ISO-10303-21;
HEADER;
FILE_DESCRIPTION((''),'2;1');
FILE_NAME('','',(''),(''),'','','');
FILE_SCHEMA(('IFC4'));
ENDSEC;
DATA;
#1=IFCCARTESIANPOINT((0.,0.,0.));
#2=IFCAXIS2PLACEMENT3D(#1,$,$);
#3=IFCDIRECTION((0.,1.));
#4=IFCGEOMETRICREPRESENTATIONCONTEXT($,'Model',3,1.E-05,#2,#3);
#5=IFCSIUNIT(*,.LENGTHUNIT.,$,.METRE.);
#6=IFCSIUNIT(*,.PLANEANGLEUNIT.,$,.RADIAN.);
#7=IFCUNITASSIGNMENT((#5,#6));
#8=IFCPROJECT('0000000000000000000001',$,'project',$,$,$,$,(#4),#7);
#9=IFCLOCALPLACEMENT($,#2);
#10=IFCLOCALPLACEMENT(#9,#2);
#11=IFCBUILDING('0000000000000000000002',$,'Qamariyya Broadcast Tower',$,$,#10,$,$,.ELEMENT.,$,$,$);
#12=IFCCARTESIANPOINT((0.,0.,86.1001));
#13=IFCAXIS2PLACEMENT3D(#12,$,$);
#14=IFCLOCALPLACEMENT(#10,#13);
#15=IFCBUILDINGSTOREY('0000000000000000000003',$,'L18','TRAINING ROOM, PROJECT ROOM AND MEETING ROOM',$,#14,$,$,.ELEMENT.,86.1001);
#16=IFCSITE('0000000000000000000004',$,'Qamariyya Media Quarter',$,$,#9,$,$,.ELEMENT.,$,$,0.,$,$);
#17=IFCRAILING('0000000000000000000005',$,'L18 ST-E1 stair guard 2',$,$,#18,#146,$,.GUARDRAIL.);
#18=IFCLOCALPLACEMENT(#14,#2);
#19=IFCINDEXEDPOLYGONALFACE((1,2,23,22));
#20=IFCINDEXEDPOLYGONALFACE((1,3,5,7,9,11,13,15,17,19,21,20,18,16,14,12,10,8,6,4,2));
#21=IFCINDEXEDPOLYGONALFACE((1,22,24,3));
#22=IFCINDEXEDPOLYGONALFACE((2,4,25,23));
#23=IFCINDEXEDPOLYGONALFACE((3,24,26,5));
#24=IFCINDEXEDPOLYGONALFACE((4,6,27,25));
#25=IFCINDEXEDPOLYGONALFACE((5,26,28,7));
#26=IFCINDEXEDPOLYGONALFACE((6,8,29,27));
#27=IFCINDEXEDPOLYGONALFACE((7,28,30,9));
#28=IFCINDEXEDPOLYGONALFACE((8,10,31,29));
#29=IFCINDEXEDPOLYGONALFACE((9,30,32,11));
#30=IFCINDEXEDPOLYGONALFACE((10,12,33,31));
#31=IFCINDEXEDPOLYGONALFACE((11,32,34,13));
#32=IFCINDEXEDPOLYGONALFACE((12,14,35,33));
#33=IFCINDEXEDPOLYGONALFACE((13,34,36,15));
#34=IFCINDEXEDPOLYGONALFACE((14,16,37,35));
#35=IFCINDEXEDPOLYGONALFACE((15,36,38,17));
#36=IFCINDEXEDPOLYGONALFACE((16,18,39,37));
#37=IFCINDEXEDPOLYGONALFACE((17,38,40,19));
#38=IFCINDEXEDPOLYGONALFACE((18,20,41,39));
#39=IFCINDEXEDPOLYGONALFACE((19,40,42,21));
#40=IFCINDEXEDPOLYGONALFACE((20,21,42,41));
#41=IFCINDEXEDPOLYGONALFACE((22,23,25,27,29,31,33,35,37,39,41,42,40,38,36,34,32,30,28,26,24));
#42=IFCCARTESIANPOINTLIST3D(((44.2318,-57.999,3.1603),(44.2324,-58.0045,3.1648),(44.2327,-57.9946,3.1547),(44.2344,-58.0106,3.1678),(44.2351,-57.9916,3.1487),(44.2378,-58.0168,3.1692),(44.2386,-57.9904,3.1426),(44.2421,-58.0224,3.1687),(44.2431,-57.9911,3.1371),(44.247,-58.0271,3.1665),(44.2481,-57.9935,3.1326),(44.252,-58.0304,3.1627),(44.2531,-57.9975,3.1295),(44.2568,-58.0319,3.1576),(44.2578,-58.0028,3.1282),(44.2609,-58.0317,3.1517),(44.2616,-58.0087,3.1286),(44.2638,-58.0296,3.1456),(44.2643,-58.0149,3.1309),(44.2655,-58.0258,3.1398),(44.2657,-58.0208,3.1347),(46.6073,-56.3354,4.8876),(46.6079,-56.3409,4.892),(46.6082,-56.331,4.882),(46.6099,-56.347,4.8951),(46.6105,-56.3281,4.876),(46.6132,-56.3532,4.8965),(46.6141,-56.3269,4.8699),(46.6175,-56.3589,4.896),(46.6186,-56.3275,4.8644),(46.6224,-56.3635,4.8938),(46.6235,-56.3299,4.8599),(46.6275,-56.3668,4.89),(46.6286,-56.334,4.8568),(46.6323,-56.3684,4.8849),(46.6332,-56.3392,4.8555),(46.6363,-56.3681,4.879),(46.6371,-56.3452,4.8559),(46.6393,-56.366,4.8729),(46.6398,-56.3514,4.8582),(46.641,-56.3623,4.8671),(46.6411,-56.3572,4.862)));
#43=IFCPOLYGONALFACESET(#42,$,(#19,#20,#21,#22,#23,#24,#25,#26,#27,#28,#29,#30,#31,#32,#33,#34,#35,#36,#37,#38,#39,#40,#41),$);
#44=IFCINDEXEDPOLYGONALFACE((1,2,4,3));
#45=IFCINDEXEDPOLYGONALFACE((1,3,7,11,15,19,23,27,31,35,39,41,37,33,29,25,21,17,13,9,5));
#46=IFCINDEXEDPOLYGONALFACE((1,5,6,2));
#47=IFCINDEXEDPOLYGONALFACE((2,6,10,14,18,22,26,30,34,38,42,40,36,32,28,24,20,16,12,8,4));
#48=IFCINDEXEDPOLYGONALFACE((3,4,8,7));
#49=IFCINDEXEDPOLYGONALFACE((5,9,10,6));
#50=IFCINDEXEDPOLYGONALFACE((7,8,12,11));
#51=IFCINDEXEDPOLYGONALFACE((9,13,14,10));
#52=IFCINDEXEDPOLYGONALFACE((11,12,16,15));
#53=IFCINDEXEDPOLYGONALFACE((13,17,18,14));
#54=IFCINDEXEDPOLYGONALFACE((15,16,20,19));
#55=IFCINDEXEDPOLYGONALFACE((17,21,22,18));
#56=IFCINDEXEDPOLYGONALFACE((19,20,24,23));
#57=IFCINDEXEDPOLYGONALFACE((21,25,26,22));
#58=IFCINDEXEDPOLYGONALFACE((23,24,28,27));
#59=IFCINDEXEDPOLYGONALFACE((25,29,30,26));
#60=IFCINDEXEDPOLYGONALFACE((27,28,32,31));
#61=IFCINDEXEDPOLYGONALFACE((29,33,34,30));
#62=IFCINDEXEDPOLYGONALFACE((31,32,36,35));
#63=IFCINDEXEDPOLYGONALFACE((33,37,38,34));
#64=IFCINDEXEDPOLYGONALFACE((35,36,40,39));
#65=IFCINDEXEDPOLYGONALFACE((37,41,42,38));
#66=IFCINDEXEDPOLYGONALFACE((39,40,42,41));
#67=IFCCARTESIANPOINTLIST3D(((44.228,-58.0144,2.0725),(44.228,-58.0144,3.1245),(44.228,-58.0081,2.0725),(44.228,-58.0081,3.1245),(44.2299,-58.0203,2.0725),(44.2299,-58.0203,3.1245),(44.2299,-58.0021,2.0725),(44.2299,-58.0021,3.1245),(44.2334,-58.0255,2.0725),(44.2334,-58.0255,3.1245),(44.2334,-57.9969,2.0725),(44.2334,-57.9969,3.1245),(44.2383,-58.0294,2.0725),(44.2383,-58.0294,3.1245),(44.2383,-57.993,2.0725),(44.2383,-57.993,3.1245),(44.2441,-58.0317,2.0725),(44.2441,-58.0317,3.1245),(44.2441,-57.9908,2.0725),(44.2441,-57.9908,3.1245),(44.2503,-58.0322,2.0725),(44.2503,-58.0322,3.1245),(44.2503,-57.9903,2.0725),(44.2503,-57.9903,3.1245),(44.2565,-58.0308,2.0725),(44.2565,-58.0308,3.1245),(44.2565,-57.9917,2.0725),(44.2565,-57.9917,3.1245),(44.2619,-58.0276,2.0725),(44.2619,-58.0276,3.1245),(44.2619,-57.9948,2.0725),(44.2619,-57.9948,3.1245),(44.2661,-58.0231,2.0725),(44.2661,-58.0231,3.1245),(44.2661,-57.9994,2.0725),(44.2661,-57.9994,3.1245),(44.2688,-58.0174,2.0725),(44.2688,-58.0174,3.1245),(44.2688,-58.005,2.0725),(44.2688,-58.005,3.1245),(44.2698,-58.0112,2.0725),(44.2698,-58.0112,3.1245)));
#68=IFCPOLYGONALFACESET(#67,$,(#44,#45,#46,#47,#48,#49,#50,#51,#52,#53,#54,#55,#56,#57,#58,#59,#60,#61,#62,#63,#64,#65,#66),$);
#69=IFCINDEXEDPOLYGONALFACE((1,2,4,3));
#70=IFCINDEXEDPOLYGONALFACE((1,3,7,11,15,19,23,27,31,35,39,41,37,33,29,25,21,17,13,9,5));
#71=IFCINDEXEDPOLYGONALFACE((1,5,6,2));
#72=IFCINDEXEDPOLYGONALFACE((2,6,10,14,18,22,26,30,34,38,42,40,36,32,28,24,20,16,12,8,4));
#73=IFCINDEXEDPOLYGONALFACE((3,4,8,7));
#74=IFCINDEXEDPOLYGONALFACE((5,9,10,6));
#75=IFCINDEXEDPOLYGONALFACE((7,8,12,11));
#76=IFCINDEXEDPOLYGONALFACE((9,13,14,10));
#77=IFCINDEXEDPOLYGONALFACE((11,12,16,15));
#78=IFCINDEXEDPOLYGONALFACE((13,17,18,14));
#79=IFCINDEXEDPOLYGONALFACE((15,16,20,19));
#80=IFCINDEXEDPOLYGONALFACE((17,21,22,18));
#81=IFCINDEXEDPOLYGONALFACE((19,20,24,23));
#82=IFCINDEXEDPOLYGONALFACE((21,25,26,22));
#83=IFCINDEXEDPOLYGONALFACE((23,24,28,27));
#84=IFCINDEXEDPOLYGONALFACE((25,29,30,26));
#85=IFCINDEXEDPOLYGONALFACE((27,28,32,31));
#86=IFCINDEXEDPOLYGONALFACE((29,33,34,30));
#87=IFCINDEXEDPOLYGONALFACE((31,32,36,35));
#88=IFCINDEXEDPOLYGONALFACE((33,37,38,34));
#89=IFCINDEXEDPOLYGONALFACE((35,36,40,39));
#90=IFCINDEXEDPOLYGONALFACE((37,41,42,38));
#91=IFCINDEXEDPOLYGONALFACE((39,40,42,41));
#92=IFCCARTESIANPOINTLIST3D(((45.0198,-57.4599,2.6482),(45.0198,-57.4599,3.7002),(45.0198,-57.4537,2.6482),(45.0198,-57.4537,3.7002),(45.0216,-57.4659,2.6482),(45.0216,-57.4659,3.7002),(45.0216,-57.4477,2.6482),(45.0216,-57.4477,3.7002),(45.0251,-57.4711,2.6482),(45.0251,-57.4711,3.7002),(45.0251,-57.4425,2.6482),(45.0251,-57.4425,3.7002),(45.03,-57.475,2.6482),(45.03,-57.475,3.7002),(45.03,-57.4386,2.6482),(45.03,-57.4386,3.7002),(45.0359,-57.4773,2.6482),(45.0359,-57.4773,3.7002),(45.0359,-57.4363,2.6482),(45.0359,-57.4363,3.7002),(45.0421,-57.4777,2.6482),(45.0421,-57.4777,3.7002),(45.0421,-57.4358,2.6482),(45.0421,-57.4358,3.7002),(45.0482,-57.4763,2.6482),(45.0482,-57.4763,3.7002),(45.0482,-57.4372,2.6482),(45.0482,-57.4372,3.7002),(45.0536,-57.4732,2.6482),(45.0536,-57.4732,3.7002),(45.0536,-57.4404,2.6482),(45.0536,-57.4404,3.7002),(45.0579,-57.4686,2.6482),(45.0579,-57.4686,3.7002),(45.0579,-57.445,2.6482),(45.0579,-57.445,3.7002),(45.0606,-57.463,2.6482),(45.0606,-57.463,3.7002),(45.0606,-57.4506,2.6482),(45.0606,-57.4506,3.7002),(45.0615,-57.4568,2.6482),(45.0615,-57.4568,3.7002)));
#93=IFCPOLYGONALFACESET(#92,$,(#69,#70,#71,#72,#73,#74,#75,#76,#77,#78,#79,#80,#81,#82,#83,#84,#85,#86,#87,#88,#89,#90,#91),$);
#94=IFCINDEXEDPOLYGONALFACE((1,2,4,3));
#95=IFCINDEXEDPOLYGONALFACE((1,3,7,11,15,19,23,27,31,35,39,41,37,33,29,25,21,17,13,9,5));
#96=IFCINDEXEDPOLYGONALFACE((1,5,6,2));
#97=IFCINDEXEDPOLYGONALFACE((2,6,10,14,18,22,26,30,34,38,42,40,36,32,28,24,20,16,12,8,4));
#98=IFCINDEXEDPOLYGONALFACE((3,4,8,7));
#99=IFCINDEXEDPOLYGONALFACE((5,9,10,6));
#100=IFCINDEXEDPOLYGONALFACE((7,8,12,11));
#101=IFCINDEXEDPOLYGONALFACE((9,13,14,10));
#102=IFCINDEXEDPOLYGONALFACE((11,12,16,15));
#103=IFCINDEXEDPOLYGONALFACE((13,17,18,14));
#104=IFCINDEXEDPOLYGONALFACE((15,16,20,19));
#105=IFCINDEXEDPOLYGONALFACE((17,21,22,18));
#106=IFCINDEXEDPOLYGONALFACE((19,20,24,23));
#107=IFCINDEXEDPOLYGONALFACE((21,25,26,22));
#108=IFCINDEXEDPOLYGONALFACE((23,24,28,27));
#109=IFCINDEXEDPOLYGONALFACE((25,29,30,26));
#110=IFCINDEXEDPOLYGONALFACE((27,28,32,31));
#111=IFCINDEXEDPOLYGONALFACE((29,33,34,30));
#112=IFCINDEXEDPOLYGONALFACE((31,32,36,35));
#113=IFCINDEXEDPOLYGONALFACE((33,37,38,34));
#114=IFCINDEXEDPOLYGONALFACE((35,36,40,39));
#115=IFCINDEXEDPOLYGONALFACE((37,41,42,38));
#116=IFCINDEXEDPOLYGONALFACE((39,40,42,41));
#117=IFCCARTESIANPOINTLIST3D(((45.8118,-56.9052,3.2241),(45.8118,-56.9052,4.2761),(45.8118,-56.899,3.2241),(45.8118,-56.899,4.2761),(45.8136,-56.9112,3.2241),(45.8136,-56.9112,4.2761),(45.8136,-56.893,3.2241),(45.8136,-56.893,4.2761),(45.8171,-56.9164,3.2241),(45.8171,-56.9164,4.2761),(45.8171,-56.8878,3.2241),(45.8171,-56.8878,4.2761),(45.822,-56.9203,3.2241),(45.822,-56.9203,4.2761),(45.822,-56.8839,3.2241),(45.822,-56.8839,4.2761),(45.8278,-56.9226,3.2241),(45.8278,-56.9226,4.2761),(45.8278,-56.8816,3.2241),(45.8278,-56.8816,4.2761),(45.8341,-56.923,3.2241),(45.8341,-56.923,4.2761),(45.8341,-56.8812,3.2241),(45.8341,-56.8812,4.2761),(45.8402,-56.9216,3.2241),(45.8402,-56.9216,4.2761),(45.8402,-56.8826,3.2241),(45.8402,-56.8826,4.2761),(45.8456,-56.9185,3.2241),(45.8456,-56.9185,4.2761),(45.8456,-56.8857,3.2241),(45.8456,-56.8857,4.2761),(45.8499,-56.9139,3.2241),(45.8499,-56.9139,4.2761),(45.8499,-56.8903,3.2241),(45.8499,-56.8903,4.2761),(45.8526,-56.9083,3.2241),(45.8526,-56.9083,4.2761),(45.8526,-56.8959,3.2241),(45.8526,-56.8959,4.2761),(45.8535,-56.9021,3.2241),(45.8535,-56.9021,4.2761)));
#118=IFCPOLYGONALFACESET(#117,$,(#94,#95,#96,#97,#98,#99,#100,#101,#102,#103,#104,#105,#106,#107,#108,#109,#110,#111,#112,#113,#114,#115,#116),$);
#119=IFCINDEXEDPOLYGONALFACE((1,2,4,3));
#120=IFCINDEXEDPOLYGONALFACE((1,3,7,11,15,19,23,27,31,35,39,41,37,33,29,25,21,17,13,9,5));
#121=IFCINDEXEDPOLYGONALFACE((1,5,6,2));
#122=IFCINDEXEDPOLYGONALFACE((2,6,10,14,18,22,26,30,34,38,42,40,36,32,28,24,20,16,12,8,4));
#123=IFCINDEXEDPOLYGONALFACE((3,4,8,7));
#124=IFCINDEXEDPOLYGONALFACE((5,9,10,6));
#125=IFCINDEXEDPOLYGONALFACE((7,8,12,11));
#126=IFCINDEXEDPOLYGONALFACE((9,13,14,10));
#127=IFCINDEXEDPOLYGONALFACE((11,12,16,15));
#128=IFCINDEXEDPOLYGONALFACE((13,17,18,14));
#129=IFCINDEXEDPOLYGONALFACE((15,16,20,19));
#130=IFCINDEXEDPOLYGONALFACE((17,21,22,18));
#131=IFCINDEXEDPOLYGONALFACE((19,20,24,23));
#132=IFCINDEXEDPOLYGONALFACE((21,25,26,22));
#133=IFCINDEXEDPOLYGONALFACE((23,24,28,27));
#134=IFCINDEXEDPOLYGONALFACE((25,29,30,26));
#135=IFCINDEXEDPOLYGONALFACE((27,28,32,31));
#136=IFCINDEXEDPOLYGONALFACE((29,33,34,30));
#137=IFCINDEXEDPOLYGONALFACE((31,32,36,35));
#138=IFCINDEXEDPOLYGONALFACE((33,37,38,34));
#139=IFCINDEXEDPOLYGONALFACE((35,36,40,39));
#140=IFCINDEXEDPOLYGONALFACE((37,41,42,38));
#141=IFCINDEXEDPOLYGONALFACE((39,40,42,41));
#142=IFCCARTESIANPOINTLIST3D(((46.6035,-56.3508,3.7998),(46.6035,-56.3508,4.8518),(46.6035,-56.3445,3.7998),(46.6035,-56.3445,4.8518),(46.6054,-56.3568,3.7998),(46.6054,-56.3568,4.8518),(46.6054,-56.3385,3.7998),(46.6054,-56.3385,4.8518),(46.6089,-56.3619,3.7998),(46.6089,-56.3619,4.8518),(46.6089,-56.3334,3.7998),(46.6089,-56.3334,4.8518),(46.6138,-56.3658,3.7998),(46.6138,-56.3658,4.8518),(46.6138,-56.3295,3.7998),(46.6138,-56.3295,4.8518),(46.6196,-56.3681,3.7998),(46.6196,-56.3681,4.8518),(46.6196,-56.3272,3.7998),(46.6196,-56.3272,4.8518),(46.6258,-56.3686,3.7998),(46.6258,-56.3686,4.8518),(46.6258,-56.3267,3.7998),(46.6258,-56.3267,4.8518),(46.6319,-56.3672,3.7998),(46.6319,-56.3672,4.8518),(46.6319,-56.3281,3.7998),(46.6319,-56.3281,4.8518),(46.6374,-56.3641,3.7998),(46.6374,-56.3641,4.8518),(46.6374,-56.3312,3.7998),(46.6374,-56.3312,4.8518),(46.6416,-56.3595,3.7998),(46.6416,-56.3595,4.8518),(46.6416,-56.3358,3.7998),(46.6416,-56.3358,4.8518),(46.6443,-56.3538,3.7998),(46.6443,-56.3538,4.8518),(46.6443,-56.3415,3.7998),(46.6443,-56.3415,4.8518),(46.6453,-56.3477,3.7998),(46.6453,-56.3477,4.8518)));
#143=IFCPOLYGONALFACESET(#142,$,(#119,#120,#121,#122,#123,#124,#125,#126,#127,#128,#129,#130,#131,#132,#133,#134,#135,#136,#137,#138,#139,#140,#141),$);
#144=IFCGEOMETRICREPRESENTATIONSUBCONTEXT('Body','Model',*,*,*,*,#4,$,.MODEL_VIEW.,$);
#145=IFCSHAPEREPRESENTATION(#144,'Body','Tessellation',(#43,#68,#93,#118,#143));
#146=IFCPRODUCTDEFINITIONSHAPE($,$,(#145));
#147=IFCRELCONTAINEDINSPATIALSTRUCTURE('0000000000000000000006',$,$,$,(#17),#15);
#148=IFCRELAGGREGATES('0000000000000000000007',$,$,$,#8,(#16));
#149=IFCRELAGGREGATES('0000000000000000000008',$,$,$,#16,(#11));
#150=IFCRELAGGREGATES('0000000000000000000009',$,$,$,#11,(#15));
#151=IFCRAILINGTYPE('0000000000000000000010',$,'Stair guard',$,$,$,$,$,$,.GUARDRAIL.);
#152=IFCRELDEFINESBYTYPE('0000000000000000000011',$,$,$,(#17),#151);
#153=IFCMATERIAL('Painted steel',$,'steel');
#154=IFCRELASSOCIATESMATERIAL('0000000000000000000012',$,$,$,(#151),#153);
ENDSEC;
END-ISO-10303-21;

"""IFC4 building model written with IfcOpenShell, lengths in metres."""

from ifc_helpers import new_model, si_unit, direction, frame, origin, origin_2d, place, context, subcontext, project, spatial, circle, extrude, material, type_object, element, save


model = new_model("IFC4")

# Units and contexts
model_context = context("Model", 3, precision=1e-05, world=origin(), true_north=direction((0.0, 1.0)))
body_context = subcontext(model_context, "Body", "Model", "MODEL_VIEW")
ifc_project = project(units=[si_unit("LENGTHUNIT", "METRE"), si_unit("PLANEANGLEUNIT", "RADIAN")], contexts=[model_context])

# Site, building, storey
site_placement = place(None, origin())
site = spatial("IfcSite", under=ifc_project, at=site_placement, Name="Qamariyya Media Quarter", CompositionType="ELEMENT", RefElevation=0.0)
building_placement = place(site_placement, origin())
building = spatial("IfcBuilding", under=site, at=building_placement, Name="Qamariyya Broadcast Tower", CompositionType="ELEMENT")
storey_placement = place(building_placement, frame((0.0, 0.0, 86.1001)))
storey = spatial("IfcBuildingStorey", under=building, at=storey_placement, Name="L18", Description="TRAINING ROOM, PROJECT ROOM AND MEETING ROOM", CompositionType="ELEMENT", Elevation=86.1001)

# Railing
ifc_material_1 = material(Name="Painted steel", Category="steel")
railing_type_1 = type_object("IfcRailingType", Name="Stair guard", PredefinedType="GUARDRAIL", material=ifc_material_1)
railing_1_placement = place(storey_placement, frame((44.2488, -58.0112, 2.0725)))
element("IfcRailing", 1, at=railing_1_placement, inside=storey, type_object=railing_type_1, Name="L18 ST-E1 stair guard 2", PredefinedType="GUARDRAIL", context=body_context, shape_type="SweptSolid", body=[
    extrude(circle(Radius=0.0239, at=origin_2d()), frame((0.0, 0.0, 1.0762), z_axis=(0.703745, 0.492838, 0.511716), x_axis=(-0.573632, 0.819113, 0.0)), (0.0, 0.0, 1.0), 3.3755),
    extrude(circle(Radius=0.021, at=origin_2d()), origin(), (0.0, 0.0, 1.0), 1.052),
    extrude(circle(Radius=0.021, at=origin_2d()), frame((0.7917, 0.5544, 0.5757)), (0.0, 0.0, 1.0), 1.052),
    extrude(circle(Radius=0.021, at=origin_2d()), frame((1.5837, 1.1091, 1.1516)), (0.0, 0.0, 1.0), 1.052),
    extrude(circle(Radius=0.021, at=origin_2d()), frame((2.3755, 1.6636, 1.7273)), (0.0, 0.0, 1.0), 1.052),
])

save(model, "model.ifc")
